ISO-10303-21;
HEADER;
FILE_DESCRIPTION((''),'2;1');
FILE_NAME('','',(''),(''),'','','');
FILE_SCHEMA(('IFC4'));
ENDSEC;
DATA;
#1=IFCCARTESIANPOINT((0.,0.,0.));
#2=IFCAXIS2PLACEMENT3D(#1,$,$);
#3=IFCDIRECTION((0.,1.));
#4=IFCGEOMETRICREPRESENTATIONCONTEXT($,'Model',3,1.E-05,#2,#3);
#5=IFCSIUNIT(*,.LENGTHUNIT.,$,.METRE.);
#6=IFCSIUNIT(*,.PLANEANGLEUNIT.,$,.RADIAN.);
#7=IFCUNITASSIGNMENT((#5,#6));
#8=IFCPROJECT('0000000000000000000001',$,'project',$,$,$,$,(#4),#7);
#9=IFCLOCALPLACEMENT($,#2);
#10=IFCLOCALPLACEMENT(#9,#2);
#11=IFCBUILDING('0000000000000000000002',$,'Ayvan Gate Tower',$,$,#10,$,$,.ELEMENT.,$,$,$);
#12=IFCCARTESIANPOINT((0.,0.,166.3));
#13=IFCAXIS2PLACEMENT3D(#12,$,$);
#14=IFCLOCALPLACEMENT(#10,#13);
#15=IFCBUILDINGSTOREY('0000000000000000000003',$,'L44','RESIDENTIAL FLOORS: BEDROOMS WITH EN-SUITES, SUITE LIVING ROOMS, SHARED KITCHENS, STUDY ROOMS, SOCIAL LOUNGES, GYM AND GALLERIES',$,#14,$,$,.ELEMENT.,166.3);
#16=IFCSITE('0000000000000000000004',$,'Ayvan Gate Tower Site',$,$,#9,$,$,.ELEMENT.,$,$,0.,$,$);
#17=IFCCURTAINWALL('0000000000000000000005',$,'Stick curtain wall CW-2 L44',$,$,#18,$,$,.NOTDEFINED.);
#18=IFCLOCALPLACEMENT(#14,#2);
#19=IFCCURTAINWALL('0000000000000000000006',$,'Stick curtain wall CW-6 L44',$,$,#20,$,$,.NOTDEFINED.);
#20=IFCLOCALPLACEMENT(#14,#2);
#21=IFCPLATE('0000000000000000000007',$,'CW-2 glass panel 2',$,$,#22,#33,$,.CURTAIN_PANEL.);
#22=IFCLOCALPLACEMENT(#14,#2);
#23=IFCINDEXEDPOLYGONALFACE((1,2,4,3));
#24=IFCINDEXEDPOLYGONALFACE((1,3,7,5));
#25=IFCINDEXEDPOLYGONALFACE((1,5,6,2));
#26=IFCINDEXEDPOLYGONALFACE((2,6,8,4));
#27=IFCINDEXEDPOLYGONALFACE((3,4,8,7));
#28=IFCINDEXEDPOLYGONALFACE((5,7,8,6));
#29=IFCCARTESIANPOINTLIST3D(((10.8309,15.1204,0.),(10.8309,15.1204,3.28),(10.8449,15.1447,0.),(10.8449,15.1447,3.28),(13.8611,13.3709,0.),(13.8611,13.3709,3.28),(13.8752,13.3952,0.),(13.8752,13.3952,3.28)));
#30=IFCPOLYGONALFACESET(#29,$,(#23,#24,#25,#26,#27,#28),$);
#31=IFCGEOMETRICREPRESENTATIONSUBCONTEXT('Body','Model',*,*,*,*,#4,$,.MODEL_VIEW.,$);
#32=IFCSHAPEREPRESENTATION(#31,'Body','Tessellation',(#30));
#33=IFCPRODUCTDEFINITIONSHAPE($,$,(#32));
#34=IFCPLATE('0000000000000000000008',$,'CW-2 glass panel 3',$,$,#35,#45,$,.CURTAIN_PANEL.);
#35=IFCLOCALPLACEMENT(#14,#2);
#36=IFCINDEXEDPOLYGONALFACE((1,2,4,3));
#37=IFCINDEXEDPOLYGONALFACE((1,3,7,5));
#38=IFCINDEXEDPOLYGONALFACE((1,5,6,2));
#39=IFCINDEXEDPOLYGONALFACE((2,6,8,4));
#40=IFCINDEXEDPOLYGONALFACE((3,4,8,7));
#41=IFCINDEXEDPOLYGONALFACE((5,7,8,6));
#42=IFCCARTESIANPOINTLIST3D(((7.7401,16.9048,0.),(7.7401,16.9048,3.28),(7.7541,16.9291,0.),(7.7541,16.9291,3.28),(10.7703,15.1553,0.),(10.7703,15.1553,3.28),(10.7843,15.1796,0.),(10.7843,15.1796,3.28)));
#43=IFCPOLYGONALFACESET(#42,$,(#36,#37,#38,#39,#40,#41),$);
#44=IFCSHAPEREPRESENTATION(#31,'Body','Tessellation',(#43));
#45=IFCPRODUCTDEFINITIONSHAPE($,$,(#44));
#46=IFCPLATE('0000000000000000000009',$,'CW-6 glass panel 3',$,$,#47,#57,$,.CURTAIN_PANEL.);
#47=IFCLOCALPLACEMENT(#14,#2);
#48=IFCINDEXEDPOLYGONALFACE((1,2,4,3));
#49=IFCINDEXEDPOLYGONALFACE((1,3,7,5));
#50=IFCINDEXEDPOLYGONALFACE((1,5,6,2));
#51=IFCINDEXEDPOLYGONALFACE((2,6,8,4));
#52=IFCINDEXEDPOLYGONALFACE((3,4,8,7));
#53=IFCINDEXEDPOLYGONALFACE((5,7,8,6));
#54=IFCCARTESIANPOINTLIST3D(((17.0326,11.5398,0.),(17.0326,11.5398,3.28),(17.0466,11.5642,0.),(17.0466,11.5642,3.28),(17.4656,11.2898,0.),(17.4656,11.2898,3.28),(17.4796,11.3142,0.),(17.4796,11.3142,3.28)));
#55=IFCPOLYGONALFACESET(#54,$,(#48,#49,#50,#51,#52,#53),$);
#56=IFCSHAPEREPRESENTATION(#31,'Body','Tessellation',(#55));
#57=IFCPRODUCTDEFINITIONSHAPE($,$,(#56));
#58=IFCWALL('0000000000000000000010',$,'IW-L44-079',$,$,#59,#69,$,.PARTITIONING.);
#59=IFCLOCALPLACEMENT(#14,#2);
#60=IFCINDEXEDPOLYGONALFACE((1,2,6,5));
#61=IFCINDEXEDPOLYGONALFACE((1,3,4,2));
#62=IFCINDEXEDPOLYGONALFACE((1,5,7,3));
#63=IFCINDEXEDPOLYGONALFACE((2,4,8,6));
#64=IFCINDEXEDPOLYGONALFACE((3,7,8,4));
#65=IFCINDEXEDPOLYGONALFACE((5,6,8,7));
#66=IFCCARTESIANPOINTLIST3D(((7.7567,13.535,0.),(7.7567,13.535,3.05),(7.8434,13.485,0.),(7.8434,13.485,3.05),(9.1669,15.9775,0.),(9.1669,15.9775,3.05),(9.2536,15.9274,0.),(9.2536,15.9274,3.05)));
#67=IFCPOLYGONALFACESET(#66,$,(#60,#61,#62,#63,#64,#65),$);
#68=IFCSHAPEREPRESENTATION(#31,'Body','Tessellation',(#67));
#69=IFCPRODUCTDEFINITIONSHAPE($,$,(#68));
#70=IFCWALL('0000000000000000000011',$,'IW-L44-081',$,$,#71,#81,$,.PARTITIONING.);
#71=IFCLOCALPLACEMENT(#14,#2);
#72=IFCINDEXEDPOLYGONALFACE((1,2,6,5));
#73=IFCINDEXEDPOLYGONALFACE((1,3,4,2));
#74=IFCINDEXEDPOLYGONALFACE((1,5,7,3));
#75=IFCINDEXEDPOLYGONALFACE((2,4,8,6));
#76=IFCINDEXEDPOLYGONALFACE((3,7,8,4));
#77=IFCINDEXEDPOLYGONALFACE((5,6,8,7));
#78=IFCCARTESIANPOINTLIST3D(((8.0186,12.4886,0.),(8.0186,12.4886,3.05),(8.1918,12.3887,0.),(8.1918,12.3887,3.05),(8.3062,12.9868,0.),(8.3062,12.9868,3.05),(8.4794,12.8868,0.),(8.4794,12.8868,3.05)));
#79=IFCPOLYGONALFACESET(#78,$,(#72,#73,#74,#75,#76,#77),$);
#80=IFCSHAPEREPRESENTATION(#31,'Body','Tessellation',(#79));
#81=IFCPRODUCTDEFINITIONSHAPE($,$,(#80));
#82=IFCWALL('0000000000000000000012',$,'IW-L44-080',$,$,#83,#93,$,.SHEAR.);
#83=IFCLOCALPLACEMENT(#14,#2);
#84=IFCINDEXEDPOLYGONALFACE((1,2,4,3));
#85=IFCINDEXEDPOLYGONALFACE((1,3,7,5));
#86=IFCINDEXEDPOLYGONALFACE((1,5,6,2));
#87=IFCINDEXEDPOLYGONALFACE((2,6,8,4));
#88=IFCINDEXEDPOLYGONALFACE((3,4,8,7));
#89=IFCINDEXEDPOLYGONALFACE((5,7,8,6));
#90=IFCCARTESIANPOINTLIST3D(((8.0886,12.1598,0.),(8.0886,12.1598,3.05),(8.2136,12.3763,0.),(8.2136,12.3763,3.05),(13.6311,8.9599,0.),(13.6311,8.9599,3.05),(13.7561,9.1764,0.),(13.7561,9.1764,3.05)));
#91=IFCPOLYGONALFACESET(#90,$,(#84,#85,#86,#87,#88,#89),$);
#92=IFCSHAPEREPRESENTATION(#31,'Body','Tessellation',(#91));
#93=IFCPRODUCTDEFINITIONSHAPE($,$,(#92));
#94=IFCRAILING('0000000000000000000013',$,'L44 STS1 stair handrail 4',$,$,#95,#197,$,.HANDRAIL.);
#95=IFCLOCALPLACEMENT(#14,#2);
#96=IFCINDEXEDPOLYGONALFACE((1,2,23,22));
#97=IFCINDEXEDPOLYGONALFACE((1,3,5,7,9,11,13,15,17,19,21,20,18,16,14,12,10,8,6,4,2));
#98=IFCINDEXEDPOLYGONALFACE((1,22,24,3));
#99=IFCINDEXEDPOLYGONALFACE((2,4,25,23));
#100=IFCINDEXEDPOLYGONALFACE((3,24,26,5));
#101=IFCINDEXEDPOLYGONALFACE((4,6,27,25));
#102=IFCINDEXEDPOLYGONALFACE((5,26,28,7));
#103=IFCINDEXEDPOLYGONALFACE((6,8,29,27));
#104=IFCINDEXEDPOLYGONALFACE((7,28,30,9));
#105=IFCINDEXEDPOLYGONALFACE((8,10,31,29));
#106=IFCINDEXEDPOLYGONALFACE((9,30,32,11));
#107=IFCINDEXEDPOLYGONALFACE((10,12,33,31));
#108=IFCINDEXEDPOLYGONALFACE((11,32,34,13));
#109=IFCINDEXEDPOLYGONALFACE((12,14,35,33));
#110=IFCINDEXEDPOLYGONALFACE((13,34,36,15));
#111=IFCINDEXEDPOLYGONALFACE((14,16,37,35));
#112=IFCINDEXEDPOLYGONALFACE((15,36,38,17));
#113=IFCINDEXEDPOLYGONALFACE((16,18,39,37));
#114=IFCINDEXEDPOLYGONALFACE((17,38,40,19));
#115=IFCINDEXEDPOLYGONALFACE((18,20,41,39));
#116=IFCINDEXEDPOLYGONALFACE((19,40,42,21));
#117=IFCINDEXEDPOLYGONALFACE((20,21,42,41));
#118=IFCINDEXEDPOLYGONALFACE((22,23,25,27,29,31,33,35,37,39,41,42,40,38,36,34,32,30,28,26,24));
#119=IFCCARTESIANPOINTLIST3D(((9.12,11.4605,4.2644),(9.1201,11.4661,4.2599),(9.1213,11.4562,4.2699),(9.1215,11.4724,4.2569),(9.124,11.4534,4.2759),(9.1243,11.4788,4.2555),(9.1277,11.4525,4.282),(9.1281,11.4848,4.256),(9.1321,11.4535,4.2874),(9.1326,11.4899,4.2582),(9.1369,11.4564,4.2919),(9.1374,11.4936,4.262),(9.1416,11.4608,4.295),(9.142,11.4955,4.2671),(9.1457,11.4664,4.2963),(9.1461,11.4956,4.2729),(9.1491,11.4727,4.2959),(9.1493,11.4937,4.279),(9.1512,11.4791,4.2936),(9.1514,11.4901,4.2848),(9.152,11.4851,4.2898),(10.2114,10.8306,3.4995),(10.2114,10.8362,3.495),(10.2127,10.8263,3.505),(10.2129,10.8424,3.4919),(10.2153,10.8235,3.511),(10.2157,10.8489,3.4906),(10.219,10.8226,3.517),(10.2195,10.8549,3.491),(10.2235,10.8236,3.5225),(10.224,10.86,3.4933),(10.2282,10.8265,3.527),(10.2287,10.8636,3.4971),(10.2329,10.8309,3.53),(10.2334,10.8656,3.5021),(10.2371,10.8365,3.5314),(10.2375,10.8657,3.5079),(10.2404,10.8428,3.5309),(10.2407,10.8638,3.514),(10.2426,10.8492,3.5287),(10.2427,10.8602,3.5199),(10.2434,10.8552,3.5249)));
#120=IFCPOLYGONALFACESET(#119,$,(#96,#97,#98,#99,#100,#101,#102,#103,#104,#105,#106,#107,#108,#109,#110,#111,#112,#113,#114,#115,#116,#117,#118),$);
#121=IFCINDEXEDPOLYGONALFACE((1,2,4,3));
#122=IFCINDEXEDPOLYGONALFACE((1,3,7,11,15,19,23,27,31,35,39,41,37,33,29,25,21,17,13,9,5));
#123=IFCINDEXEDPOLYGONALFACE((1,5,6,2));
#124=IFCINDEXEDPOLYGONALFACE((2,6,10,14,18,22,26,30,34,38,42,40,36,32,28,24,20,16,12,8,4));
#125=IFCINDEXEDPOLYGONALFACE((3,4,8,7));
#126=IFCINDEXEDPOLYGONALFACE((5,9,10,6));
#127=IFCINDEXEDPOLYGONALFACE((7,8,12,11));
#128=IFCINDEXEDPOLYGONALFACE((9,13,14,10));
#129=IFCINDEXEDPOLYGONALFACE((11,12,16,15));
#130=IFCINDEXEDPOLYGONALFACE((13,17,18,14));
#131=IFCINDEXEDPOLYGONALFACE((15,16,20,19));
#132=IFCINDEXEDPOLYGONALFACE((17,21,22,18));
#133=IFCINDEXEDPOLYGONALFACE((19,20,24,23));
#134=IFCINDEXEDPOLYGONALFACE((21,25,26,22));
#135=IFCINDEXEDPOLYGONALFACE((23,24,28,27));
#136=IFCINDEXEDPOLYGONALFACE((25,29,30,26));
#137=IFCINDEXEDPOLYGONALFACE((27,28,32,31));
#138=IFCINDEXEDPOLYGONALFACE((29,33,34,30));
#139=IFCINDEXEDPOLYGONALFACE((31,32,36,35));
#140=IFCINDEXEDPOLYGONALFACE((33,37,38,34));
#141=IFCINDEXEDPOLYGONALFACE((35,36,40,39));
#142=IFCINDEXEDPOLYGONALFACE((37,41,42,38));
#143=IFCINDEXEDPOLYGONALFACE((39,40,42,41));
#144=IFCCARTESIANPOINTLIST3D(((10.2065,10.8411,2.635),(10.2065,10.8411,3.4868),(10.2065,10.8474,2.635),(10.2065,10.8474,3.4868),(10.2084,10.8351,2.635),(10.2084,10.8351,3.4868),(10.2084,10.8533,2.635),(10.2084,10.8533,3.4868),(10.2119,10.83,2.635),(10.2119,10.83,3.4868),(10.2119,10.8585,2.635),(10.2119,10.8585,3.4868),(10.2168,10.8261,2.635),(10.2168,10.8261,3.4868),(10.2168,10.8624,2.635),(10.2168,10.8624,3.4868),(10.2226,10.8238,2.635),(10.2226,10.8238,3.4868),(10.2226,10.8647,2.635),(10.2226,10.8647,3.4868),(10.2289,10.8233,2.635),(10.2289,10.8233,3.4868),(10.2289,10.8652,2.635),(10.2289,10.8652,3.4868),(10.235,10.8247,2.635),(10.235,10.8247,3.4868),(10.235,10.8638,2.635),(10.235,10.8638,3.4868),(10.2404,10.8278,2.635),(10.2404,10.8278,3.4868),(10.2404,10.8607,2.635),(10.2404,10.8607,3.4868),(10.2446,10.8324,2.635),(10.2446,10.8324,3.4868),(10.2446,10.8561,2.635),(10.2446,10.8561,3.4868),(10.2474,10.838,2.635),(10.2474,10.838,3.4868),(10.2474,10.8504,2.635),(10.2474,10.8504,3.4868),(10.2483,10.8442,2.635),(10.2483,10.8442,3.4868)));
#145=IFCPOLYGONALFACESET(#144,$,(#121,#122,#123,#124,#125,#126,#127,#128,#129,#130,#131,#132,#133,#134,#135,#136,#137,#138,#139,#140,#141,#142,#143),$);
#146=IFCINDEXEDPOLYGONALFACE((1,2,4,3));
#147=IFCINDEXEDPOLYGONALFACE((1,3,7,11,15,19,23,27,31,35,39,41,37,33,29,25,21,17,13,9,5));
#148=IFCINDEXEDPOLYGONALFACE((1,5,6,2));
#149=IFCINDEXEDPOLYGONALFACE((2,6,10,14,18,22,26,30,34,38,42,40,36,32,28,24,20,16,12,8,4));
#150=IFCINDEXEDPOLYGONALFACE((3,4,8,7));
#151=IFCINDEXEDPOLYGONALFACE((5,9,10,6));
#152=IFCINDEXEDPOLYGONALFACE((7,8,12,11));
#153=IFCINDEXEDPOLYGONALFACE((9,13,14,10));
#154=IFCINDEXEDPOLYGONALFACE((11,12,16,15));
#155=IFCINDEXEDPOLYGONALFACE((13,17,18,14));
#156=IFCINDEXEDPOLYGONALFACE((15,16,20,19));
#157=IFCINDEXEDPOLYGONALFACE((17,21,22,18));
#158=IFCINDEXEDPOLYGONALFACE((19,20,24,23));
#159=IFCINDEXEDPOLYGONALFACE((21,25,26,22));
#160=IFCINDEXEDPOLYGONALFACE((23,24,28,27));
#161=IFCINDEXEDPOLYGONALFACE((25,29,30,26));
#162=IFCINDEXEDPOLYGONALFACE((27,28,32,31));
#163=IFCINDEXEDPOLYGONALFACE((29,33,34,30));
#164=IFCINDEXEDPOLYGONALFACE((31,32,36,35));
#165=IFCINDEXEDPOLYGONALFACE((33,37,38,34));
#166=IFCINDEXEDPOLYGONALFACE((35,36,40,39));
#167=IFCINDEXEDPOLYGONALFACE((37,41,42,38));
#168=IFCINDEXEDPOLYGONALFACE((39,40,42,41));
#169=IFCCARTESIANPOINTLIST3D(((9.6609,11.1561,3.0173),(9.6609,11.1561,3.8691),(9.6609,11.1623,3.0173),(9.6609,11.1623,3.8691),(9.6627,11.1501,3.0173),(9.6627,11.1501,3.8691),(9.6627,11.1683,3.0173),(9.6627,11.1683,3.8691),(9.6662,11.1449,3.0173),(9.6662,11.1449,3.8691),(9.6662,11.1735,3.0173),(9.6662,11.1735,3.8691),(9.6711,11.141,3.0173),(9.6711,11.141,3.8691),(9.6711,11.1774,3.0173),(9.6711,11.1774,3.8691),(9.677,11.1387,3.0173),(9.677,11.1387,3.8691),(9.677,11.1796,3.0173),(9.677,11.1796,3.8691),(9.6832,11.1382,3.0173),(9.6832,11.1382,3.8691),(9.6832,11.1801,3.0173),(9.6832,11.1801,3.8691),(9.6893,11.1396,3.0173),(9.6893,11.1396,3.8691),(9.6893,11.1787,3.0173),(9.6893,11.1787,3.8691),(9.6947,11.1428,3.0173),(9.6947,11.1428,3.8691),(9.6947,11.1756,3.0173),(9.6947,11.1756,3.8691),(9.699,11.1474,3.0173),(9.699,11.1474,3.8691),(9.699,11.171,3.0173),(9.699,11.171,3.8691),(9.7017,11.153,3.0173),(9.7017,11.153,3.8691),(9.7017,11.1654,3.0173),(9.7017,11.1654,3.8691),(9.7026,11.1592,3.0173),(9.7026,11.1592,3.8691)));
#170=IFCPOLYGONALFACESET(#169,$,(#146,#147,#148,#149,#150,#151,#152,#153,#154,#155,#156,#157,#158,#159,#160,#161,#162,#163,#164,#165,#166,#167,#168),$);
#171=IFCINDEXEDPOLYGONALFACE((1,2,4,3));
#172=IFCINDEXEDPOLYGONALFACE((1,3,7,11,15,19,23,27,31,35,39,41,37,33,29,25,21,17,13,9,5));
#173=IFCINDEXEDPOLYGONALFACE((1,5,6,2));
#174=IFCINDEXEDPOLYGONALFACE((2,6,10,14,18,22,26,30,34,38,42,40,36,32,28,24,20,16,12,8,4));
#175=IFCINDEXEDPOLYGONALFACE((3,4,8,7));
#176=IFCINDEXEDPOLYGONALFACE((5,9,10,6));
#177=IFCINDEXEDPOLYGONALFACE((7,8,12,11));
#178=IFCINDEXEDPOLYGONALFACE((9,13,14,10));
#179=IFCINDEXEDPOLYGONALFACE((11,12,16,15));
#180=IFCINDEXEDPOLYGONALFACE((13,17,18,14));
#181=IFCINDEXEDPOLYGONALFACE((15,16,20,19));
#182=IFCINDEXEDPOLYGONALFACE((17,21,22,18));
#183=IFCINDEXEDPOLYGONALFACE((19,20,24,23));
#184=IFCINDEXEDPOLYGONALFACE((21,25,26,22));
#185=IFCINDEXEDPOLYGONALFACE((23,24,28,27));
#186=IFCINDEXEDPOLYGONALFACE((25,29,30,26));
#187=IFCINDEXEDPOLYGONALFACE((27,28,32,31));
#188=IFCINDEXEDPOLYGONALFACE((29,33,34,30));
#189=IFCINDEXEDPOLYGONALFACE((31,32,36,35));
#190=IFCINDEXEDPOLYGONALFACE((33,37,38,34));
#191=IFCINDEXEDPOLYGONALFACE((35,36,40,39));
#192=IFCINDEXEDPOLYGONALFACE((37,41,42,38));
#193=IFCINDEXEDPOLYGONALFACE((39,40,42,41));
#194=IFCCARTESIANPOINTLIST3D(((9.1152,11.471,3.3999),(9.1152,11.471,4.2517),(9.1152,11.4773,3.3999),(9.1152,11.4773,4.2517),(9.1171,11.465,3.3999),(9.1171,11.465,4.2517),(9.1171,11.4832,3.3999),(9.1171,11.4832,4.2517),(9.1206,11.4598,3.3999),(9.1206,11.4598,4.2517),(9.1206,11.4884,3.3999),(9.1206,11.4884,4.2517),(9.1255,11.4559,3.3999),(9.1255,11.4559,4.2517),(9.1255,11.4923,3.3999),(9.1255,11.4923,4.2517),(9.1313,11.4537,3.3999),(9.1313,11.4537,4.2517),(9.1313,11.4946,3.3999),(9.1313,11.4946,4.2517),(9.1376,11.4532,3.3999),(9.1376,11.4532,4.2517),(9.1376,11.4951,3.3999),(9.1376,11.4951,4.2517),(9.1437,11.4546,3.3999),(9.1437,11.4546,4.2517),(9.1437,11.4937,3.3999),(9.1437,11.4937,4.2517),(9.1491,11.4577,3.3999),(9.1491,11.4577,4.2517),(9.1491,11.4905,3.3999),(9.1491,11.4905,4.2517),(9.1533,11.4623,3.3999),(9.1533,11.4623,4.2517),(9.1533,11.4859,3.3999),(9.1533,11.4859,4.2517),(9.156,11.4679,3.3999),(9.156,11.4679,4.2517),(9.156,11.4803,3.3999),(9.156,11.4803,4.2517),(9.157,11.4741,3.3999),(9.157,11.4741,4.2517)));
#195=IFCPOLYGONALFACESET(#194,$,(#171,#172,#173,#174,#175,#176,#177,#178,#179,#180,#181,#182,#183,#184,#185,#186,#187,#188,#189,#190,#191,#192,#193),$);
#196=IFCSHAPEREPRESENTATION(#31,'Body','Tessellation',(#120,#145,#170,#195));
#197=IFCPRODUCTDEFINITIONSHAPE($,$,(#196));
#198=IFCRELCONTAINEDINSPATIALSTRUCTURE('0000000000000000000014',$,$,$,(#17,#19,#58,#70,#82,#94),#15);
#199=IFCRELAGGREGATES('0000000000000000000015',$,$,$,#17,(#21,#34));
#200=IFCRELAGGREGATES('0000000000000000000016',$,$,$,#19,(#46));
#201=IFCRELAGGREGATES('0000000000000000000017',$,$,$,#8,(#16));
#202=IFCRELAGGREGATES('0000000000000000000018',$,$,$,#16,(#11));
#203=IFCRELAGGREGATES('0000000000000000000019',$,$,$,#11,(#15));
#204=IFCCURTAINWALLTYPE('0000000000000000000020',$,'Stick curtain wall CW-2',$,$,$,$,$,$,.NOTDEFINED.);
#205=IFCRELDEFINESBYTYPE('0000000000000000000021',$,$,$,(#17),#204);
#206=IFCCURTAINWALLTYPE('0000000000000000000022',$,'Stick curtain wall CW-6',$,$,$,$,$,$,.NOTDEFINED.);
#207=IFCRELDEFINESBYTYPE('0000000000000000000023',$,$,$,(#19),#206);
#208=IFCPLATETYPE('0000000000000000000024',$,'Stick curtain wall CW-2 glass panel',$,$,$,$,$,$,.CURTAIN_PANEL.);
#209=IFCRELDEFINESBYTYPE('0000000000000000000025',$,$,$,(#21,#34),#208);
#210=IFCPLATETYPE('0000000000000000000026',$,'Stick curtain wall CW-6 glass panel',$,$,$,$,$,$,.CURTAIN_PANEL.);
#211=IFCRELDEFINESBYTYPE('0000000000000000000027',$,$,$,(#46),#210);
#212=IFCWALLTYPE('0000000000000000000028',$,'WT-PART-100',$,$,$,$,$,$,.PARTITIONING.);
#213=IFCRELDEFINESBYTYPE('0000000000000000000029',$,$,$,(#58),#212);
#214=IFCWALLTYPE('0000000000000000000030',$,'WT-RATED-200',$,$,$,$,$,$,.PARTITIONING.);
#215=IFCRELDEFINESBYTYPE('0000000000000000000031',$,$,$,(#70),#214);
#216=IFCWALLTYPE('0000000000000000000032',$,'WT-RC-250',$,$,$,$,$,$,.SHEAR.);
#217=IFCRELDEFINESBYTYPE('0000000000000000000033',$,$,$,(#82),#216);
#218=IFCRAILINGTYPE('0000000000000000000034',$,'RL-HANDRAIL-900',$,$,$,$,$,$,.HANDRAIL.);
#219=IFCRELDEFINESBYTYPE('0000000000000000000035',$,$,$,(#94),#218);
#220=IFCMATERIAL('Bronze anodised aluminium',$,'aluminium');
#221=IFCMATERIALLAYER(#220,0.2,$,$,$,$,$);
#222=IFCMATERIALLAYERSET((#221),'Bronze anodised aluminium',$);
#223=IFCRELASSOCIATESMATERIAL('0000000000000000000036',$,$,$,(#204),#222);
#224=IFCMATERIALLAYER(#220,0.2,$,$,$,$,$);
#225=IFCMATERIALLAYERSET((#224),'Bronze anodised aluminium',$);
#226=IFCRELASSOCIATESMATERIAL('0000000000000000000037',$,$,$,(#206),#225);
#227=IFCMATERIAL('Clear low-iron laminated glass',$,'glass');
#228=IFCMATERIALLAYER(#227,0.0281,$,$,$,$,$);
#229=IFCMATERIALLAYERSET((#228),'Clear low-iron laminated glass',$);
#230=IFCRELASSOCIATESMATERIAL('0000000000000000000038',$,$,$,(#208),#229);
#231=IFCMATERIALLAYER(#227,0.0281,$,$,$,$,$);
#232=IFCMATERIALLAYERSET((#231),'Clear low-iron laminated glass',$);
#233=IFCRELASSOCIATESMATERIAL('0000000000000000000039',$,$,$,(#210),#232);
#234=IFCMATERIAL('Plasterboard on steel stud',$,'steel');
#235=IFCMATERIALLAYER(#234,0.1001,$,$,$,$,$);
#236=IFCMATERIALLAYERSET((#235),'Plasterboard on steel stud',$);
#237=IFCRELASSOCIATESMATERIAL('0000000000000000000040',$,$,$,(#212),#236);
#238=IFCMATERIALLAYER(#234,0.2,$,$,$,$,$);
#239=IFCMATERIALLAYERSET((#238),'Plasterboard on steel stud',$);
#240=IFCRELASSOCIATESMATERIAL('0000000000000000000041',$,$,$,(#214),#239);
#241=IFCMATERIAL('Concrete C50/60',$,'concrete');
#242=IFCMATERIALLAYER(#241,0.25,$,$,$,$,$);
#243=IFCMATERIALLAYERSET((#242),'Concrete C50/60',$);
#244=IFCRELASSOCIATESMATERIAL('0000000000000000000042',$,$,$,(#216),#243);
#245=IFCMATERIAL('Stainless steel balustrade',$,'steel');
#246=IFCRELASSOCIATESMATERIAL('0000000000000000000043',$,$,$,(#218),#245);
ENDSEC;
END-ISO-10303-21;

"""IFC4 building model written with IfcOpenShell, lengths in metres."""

from ifc_helpers import new_model, si_unit, direction, frame, frame_2d, origin, origin_2d, place, context, subcontext, project, spatial, rectangle, circle, extrude, material, layer, layer_set, type_object, element, aggregate, save


model = new_model("IFC4")

# Units and contexts
model_context = context("Model", 3, precision=1e-05, world=origin(), true_north=direction((0.0, 1.0)))
body_context = subcontext(model_context, "Body", "Model", "MODEL_VIEW")
ifc_project = project(units=[si_unit("LENGTHUNIT", "METRE"), si_unit("PLANEANGLEUNIT", "RADIAN")], contexts=[model_context])

# Site, building, storey
site_placement = place(None, origin())
site = spatial("IfcSite", under=ifc_project, at=site_placement, Name="Ayvan Gate Tower Site", CompositionType="ELEMENT", RefElevation=0.0)
building_placement = place(site_placement, origin())
building = spatial("IfcBuilding", under=site, at=building_placement, Name="Ayvan Gate Tower", CompositionType="ELEMENT")
storey_placement = place(building_placement, frame((0.0, 0.0, 166.3)))
storey = spatial("IfcBuildingStorey", under=building, at=storey_placement, Name="L44", Description="RESIDENTIAL FLOORS: BEDROOMS WITH EN-SUITES, SUITE LIVING ROOMS, SHARED KITCHENS, STUDY ROOMS, SOCIAL LOUNGES, GYM AND GALLERIES", CompositionType="ELEMENT", Elevation=166.3)

# Curtain walls
ifc_material_1 = material(Name="Bronze anodised aluminium", Category="aluminium")
ifc_layer_1 = layer(ifc_material_1, 0.2)
ifc_layer_set_1 = layer_set([ifc_layer_1], Name="Bronze anodised aluminium")
curtain_wall_type_1 = type_object("IfcCurtainWallType", Name="Stick curtain wall CW-2", PredefinedType="NOTDEFINED", material=ifc_layer_set_1)
curtain_wall_1_placement = place(storey_placement, origin())
curtain_wall_1 = element("IfcCurtainWall", 1, at=curtain_wall_1_placement, inside=storey, type_object=curtain_wall_type_1, Name="Stick curtain wall CW-2 L44", PredefinedType="NOTDEFINED")
ifc_layer_2 = layer(ifc_material_1, 0.2)
ifc_layer_set_2 = layer_set([ifc_layer_2], Name="Bronze anodised aluminium")
curtain_wall_type_2 = type_object("IfcCurtainWallType", Name="Stick curtain wall CW-6", PredefinedType="NOTDEFINED", material=ifc_layer_set_2)
curtain_wall_2_placement = place(storey_placement, origin())
curtain_wall_2 = element("IfcCurtainWall", 2, at=curtain_wall_2_placement, inside=storey, type_object=curtain_wall_type_2, Name="Stick curtain wall CW-6 L44", PredefinedType="NOTDEFINED")

# Plates
ifc_material_2 = material(Name="Clear low-iron laminated glass", Category="glass")
ifc_layer_3 = layer(ifc_material_2, 0.0281)
ifc_layer_set_3 = layer_set([ifc_layer_3], Name="Clear low-iron laminated glass")
plate_type_1 = type_object("IfcPlateType", Name="Stick curtain wall CW-2 glass panel", PredefinedType="CURTAIN_PANEL", material=ifc_layer_set_3)
plate_1_placement = place(storey_placement, frame((12.353, 14.2578, 0.0), z_axis=(0.0, 0.0, 1.0), x_axis=(-0.866025, 0.5, 0.0)))
plate_1 = element("IfcPlate", 3, at=plate_1_placement, type_object=plate_type_1, Name="CW-2 glass panel 2", PredefinedType="CURTAIN_PANEL", context=body_context, shape_type="SweptSolid", body=[
    extrude(rectangle(XDim=3.499, YDim=0.0281, at=origin_2d()), origin(), (0.0, 0.0, 1.0), 3.28),
])
plate_2_placement = place(storey_placement, frame((9.2622, 16.0422, 0.0), z_axis=(0.0, 0.0, 1.0), x_axis=(-0.866025, 0.5, 0.0)))
plate_2 = element("IfcPlate", 4, at=plate_2_placement, type_object=plate_type_1, Name="CW-2 glass panel 3", PredefinedType="CURTAIN_PANEL", context=body_context, shape_type="SweptSolid", body=[
    extrude(rectangle(XDim=3.499, YDim=0.0281, at=origin_2d()), origin(), (0.0, 0.0, 1.0), 3.28),
])
aggregate(curtain_wall_1, [plate_1, plate_2])
ifc_layer_4 = layer(ifc_material_2, 0.0281)
ifc_layer_set_4 = layer_set([ifc_layer_4], Name="Clear low-iron laminated glass")
plate_type_2 = type_object("IfcPlateType", Name="Stick curtain wall CW-6 glass panel", PredefinedType="CURTAIN_PANEL", material=ifc_layer_set_4)
plate_3_placement = place(storey_placement, frame((17.2561, 11.427, 0.0), z_axis=(0.0, 0.0, 1.0), x_axis=(-0.866025, 0.5, 0.0)))
plate_3 = element("IfcPlate", 5, at=plate_3_placement, type_object=plate_type_2, Name="CW-6 glass panel 3", PredefinedType="CURTAIN_PANEL", context=body_context, shape_type="SweptSolid", body=[
    extrude(rectangle(XDim=0.5, YDim=0.0281, at=origin_2d()), origin(), (0.0, 0.0, 1.0), 3.28),
])
aggregate(curtain_wall_2, [plate_3])

# Walls
ifc_material_3 = material(Name="Plasterboard on steel stud", Category="steel")
ifc_layer_5 = layer(ifc_material_3, 0.1001)
ifc_layer_set_5 = layer_set([ifc_layer_5], Name="Plasterboard on steel stud")
wall_type_1 = type_object("IfcWallType", Name="WT-PART-100", PredefinedType="PARTITIONING", material=ifc_layer_set_5)
wall_1_placement = place(storey_placement, frame((7.8, 13.51, 0.0), z_axis=(0.0, 0.0, 1.0), x_axis=(0.500012, 0.866018, 0.0)))
element("IfcWall", 6, at=wall_1_placement, inside=storey, type_object=wall_type_1, Name="IW-L44-079", PredefinedType="PARTITIONING", context=body_context, shape_type="SweptSolid", body=[
    extrude(rectangle(XDim=2.8203, YDim=0.1001, at=frame_2d((1.4102, 0.0))), origin(), (0.0, 0.0, 1.0), 3.05),
])
ifc_layer_6 = layer(ifc_material_3, 0.2)
ifc_layer_set_6 = layer_set([ifc_layer_6], Name="Plasterboard on steel stud")
wall_type_2 = type_object("IfcWallType", Name="WT-RATED-200", PredefinedType="PARTITIONING", material=ifc_layer_set_6)
wall_2_placement = place(storey_placement, frame((8.3928, 12.9368, 0.0), z_axis=(0.0, 0.0, 1.0), x_axis=(-0.500065, -0.865988, 0.0)))
element("IfcWall", 7, at=wall_2_placement, inside=storey, type_object=wall_type_2, Name="IW-L44-081", PredefinedType="PARTITIONING", context=body_context, shape_type="SweptSolid", body=[
    extrude(rectangle(XDim=0.5752, YDim=0.2, at=frame_2d((0.2876, 0.0))), origin(), (0.0, 0.0, 1.0), 3.05),
])
ifc_material_4 = material(Name="Concrete C50/60", Category="concrete")
ifc_layer_7 = layer(ifc_material_4, 0.25)
ifc_layer_set_7 = layer_set([ifc_layer_7], Name="Concrete C50/60")
wall_type_3 = type_object("IfcWallType", Name="WT-RC-250", PredefinedType="SHEAR", material=ifc_layer_set_7)
wall_3_placement = place(storey_placement, frame((8.1511, 12.2681, 0.0), z_axis=(0.0, 0.0, 1.0), x_axis=(0.866025, -0.5, 0.0)))
element("IfcWall", 8, at=wall_3_placement, inside=storey, type_object=wall_type_3, Name="IW-L44-080", PredefinedType="SHEAR", context=body_context, shape_type="SweptSolid", body=[
    extrude(rectangle(XDim=6.3999, YDim=0.25, at=frame_2d((3.2, 0.0))), origin(), (0.0, 0.0, 1.0), 3.05),
])

# Railing
ifc_material_5 = material(Name="Stainless steel balustrade", Category="steel")
railing_type = type_object("IfcRailingType", Name="RL-HANDRAIL-900", PredefinedType="HANDRAIL", material=ifc_material_5)
railing_placement = place(storey_placement, frame((10.2273, 10.8442, 2.635)))
element("IfcRailing", 9, at=railing_placement, inside=storey, type_object=railing_type, Name="L44 STS1 stair handrail 4", PredefinedType="HANDRAIL", context=body_context, shape_type="SweptSolid", body=[
    extrude(circle(Radius=0.0239, at=origin_2d()), frame((0.0, 0.0, 0.876), z_axis=(-0.740357, 0.42732, 0.518912), x_axis=(-0.49989, -0.866089, 0.0)), (0.0, 0.0, 1.0), 1.4741),
    extrude(circle(Radius=0.021, at=origin_2d()), origin(), (0.0, 0.0, 1.0), 0.8518),
    extrude(circle(Radius=0.021, at=origin_2d()), frame((-0.5457, 0.3149, 0.3823)), (0.0, 0.0, 1.0), 0.8518),
    extrude(circle(Radius=0.021, at=origin_2d()), frame((-1.0913, 0.6299, 0.7649)), (0.0, 0.0, 1.0), 0.8518),
])

save(model, "model.ifc")
